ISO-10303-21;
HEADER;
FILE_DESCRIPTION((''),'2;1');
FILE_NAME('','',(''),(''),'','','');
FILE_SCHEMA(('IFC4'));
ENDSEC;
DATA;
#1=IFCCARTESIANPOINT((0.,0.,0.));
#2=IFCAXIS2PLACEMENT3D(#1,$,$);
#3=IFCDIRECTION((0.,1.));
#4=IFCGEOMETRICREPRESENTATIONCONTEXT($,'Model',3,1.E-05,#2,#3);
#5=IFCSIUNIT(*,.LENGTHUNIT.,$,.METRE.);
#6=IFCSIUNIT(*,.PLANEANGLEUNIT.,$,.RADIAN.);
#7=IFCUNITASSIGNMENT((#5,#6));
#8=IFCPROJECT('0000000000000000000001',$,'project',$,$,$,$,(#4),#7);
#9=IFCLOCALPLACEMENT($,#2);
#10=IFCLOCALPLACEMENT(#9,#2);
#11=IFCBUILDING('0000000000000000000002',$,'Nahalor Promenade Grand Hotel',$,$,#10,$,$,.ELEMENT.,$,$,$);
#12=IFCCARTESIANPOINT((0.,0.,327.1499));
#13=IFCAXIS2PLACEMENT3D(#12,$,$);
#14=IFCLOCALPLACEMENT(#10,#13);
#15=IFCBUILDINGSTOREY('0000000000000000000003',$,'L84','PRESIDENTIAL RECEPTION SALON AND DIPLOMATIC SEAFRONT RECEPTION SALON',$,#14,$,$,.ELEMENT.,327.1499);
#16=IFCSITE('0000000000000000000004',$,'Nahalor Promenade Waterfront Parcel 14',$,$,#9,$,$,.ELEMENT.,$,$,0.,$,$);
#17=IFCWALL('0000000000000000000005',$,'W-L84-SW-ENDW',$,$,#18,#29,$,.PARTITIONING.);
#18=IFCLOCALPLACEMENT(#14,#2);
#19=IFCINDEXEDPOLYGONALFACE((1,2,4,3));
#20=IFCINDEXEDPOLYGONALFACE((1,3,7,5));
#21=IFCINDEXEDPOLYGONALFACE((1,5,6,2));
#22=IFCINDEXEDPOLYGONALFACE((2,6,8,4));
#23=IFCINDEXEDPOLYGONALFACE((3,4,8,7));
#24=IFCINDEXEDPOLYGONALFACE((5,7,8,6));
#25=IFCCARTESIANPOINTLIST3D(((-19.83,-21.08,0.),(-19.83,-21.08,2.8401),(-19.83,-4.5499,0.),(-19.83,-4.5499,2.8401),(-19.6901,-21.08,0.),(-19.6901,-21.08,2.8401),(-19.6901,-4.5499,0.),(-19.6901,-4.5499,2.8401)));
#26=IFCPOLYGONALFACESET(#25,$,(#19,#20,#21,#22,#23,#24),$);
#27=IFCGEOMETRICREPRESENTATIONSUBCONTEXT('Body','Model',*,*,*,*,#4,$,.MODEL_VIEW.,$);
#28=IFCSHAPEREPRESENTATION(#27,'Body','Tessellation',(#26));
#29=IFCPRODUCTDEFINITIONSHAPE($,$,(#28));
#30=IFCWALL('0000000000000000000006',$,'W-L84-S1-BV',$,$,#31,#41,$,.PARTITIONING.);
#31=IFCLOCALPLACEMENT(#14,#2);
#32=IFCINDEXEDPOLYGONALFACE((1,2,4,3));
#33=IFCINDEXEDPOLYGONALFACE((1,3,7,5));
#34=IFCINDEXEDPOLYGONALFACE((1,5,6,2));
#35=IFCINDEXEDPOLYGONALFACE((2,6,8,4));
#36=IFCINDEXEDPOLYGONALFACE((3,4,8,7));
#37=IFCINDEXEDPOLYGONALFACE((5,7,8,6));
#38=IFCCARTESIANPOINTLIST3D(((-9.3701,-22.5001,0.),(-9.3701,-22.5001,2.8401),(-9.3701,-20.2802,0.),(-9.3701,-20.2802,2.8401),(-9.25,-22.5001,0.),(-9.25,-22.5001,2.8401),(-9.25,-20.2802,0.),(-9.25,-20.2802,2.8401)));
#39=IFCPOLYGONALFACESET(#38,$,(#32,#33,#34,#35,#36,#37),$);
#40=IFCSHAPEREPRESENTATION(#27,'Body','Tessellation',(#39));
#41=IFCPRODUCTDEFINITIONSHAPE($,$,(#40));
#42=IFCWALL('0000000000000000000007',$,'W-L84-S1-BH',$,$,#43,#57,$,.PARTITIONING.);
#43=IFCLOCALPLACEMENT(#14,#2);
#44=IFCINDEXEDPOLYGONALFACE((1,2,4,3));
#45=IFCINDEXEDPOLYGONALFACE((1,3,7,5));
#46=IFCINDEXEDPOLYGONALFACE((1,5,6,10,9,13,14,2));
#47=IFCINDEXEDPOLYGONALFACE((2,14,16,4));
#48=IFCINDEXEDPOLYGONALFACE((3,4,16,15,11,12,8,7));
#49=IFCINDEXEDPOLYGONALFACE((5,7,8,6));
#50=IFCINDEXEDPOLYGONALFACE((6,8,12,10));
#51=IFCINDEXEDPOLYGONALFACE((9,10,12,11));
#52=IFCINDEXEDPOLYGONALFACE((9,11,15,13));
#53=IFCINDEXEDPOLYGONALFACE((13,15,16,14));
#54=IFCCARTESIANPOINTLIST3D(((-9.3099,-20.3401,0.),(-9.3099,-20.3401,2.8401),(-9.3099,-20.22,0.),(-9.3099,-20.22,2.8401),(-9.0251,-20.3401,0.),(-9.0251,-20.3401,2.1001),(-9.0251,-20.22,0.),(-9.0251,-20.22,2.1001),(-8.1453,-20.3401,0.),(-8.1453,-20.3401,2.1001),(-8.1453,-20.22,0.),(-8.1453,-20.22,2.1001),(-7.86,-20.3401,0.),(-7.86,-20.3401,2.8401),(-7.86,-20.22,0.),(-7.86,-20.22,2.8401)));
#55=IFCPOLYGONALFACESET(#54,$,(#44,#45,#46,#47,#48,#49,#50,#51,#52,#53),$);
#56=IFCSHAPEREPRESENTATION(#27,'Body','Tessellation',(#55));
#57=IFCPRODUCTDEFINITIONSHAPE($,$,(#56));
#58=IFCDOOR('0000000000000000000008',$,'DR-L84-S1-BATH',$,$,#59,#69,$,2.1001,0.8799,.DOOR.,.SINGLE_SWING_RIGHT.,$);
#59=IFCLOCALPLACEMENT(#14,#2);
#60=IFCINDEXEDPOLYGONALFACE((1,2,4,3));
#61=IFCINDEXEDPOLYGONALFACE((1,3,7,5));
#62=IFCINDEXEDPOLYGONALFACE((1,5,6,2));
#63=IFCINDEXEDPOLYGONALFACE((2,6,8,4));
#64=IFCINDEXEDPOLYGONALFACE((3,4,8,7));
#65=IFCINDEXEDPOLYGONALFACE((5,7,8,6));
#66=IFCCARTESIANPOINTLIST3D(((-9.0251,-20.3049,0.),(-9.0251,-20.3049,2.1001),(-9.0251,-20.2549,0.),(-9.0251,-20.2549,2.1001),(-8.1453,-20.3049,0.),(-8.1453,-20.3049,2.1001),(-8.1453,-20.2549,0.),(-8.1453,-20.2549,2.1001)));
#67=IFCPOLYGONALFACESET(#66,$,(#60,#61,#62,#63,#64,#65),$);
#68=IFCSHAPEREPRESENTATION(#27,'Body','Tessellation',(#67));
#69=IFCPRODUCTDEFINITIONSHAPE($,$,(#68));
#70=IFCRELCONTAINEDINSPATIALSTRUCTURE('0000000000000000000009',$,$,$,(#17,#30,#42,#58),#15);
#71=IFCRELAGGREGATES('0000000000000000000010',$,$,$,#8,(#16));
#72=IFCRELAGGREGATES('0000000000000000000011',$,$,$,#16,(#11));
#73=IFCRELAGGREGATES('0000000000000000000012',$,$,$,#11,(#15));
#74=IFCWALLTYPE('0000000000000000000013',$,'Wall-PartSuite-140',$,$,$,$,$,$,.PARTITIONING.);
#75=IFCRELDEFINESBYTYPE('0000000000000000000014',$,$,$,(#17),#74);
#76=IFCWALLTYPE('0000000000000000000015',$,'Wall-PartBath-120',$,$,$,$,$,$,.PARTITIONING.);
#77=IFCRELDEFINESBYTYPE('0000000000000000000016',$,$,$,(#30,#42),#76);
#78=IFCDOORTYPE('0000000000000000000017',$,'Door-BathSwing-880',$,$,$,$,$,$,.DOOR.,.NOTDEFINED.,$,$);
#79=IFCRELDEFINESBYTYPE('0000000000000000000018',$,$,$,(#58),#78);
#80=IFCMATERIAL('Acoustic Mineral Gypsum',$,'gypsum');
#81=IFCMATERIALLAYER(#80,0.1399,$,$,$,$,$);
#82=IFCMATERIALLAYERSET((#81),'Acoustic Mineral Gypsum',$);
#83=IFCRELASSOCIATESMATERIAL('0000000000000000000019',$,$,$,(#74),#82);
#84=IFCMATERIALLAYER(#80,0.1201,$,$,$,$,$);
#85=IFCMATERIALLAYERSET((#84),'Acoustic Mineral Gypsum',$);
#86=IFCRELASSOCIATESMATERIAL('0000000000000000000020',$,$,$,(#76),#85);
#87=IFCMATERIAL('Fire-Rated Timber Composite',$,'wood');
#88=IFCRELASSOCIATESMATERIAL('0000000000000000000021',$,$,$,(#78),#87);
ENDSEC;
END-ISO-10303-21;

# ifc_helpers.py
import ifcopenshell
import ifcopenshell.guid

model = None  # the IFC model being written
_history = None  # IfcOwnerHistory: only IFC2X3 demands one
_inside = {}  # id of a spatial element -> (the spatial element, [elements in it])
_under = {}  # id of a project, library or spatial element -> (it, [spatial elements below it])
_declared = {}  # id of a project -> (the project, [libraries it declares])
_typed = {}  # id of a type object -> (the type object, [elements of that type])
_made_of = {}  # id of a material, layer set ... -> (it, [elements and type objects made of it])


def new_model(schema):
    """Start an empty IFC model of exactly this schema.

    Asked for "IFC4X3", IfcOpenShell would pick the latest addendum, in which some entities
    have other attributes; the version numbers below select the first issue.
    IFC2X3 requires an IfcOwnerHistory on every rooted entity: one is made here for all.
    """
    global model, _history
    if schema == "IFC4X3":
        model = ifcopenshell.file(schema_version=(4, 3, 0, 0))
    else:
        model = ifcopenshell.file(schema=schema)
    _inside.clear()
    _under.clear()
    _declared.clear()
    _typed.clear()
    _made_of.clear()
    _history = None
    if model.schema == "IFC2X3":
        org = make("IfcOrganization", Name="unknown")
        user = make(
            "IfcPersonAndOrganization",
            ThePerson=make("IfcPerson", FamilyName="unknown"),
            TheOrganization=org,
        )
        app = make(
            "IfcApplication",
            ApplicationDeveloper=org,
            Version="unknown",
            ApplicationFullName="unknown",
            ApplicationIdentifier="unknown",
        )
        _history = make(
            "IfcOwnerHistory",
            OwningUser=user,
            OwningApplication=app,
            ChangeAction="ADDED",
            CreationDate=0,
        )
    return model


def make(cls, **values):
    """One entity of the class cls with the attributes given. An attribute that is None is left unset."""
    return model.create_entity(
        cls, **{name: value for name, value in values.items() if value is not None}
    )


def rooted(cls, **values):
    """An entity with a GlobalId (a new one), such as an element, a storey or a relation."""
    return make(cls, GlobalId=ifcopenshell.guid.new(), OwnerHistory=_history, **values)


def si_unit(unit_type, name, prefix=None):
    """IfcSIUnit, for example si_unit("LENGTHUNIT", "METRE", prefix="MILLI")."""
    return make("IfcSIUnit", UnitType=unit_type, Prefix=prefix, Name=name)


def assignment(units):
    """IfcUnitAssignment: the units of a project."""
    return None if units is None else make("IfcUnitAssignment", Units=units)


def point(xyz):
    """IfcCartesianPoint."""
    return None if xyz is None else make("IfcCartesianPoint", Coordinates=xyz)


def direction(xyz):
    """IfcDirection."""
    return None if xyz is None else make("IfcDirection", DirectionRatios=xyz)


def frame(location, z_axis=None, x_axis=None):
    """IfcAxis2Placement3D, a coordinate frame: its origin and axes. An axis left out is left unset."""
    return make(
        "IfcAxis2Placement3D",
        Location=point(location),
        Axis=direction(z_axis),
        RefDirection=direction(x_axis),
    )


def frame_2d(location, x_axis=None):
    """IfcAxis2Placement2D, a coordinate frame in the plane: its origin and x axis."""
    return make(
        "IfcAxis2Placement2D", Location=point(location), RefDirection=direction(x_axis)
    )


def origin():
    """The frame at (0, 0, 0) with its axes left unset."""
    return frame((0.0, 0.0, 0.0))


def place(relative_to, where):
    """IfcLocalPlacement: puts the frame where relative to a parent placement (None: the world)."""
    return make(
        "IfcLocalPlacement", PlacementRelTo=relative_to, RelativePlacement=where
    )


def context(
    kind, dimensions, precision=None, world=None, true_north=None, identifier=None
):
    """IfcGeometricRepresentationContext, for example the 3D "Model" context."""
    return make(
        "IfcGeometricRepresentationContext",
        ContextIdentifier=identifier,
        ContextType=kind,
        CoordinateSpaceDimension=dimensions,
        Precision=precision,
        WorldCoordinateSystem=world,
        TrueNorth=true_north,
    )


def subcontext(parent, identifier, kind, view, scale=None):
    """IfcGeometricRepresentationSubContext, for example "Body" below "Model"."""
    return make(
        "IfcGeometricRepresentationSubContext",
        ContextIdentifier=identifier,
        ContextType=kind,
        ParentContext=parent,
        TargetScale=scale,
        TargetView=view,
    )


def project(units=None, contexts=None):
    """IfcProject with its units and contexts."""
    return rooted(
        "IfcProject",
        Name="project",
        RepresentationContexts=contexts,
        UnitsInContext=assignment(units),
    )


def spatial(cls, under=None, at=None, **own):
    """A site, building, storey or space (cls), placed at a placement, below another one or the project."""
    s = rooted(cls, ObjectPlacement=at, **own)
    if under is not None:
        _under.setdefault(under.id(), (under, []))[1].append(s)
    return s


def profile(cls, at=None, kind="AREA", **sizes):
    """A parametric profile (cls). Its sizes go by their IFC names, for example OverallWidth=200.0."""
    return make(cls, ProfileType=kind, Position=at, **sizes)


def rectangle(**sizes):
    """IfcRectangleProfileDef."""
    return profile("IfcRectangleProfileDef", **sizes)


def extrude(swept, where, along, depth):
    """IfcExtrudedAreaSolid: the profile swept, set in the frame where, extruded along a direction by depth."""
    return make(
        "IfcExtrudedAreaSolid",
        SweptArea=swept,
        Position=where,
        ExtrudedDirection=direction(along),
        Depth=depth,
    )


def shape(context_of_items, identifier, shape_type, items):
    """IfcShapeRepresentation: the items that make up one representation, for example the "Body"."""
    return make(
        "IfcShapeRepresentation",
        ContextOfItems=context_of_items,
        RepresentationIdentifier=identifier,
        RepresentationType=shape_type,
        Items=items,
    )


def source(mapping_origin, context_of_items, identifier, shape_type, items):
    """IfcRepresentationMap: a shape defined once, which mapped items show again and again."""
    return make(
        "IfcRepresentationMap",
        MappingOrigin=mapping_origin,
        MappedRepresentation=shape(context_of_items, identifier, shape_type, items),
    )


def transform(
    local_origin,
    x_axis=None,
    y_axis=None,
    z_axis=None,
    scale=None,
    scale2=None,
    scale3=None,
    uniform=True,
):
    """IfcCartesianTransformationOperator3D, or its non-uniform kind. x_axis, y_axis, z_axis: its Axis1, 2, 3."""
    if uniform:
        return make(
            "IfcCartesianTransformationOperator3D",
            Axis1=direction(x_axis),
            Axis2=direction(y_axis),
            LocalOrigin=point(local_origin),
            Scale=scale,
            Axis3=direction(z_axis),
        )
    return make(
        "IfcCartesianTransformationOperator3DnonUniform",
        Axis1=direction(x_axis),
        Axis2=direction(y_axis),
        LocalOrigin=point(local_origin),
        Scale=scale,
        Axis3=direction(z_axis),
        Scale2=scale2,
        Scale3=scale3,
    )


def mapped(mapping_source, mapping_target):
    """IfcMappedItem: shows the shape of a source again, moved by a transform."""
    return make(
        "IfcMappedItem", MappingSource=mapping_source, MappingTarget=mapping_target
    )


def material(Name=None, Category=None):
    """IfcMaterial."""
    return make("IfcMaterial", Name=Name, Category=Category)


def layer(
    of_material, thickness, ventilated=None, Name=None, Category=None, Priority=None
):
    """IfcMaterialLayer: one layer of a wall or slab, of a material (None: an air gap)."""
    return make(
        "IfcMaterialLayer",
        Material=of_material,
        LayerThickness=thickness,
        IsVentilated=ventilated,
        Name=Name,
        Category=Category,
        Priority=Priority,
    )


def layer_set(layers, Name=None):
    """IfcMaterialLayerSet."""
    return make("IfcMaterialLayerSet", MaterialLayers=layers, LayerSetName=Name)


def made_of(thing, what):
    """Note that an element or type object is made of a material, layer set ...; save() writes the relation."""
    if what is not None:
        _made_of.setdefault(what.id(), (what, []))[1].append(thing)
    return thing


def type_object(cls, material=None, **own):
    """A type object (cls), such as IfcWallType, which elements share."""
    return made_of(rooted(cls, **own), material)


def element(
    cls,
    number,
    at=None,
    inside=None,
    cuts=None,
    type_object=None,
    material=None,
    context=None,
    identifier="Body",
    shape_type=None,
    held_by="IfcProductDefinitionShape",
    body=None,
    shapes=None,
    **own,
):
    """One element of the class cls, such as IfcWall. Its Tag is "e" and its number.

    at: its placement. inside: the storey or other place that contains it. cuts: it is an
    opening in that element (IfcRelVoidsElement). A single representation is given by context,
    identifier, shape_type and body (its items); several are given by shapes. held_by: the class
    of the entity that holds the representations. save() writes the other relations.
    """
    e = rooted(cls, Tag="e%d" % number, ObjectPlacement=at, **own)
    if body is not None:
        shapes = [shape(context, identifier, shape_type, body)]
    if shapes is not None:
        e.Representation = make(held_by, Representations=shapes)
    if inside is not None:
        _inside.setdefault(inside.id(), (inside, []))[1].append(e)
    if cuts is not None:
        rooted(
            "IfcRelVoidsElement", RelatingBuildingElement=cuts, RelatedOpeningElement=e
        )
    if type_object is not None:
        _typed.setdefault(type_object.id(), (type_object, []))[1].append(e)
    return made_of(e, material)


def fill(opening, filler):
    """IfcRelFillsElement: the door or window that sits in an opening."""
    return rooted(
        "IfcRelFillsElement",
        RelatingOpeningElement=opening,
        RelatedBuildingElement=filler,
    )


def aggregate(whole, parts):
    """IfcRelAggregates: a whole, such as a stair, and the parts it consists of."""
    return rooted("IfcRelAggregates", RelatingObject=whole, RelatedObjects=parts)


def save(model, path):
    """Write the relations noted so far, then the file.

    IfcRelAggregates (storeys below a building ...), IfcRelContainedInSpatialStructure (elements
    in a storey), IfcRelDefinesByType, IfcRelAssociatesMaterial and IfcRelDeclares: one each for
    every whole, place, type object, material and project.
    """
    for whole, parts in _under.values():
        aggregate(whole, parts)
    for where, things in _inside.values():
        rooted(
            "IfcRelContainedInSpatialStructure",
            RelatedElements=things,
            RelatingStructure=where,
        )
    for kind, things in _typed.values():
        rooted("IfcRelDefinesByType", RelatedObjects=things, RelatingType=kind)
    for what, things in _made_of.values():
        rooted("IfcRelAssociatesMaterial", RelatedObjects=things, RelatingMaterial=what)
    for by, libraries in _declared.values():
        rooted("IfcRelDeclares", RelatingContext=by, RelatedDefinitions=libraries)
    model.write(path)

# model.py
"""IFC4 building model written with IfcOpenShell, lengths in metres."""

from ifc_helpers import new_model, si_unit, direction, frame, frame_2d, origin, place, context, subcontext, project, spatial, rectangle, extrude, source, transform, mapped, material, layer, layer_set, type_object, element, fill, save


model = new_model("IFC4")

# Units and contexts
model_context = context("Model", 3, precision=1e-05, world=origin(), true_north=direction((0.0, 1.0)))
body_context = subcontext(model_context, "Body", "Model", "MODEL_VIEW")
ifc_project = project(units=[si_unit("LENGTHUNIT", "METRE"), si_unit("PLANEANGLEUNIT", "RADIAN")], contexts=[model_context])

# Site, building, storey
site_placement = place(None, origin())
site = spatial("IfcSite", under=ifc_project, at=site_placement, Name="Nahalor Promenade Waterfront Parcel 14", CompositionType="ELEMENT", RefElevation=0.0)
building_placement = place(site_placement, origin())
building = spatial("IfcBuilding", under=site, at=building_placement, Name="Nahalor Promenade Grand Hotel", CompositionType="ELEMENT")
storey_placement = place(building_placement, frame((0.0, 0.0, 327.1499)))
storey = spatial("IfcBuildingStorey", under=building, at=storey_placement, Name="L84", Description="PRESIDENTIAL RECEPTION SALON AND DIPLOMATIC SEAFRONT RECEPTION SALON", CompositionType="ELEMENT", Elevation=327.1499)

# Walls
ifc_material_1 = material(Name="Acoustic Mineral Gypsum", Category="gypsum")
ifc_layer_1 = layer(ifc_material_1, 0.1399)
ifc_layer_set_1 = layer_set([ifc_layer_1], Name="Acoustic Mineral Gypsum")
wall_type_1 = type_object("IfcWallType", Name="Wall-PartSuite-140", PredefinedType="PARTITIONING", material=ifc_layer_set_1)
shared_shape_1 = source(origin(), body_context, "Body", "SweptSolid", [
    extrude(rectangle(XDim=16.53, YDim=0.1399, at=frame_2d((8.2651, 0.0))), origin(), (0.0, 0.0, 1.0), 2.8401),
])
wall_1_placement = place(storey_placement, frame((-19.76, -21.0801, 0.0), z_axis=(0.0, 0.0, 1.0), x_axis=(0.0, 1.0, 0.0)))
element("IfcWall", 1, at=wall_1_placement, inside=storey, type_object=wall_type_1, Name="W-L84-SW-ENDW", PredefinedType="PARTITIONING", context=body_context, shape_type="MappedRepresentation", body=[
    mapped(shared_shape_1, transform((0.0, 0.0, 0.0), scale=1.0)),
])
ifc_layer_2 = layer(ifc_material_1, 0.1201)
ifc_layer_set_2 = layer_set([ifc_layer_2], Name="Acoustic Mineral Gypsum")
wall_type_2 = type_object("IfcWallType", Name="Wall-PartBath-120", PredefinedType="PARTITIONING", material=ifc_layer_set_2)
shared_shape_2 = source(origin(), body_context, "Body", "SweptSolid", [
    extrude(rectangle(XDim=2.22, YDim=0.1201, at=frame_2d((1.1099, 0.0))), origin(), (0.0, 0.0, 1.0), 2.8401),
])
wall_2_placement = place(storey_placement, frame((-9.3101, -22.5, 0.0), z_axis=(0.0, 0.0, 1.0), x_axis=(0.0, 1.0, 0.0)))
element("IfcWall", 2, at=wall_2_placement, inside=storey, type_object=wall_type_2, Name="W-L84-S1-BV", PredefinedType="PARTITIONING", context=body_context, shape_type="MappedRepresentation", body=[
    mapped(shared_shape_2, transform((0.0, 0.0, 0.0), scale=1.0)),
])

# Wall, opening, door
shared_shape_3 = source(origin(), body_context, "Body", "SweptSolid", [
    extrude(rectangle(XDim=1.45, YDim=0.1201, at=frame_2d((0.7251, 0.0))), origin(), (0.0, 0.0, 1.0), 2.8401),
])
wall_3_placement = place(storey_placement, frame((-9.3101, -20.28, 0.0), z_axis=(0.0, 0.0, 1.0), x_axis=(1.0, 0.0, 0.0)))
wall_3 = element("IfcWall", 3, at=wall_3_placement, inside=storey, type_object=wall_type_2, Name="W-L84-S1-BH", PredefinedType="PARTITIONING", context=body_context, shape_type="MappedRepresentation", body=[
    mapped(shared_shape_3, transform((0.0, 0.0, 0.0), scale=1.0)),
])
opening_placement = place(wall_3_placement, frame((0.2849, 0.0, 0.0)))
opening = element("IfcOpeningElement", 4, at=opening_placement, cuts=wall_3, PredefinedType="OPENING", context=body_context, shape_type="SweptSolid", body=[
    extrude(rectangle(XDim=0.8799, YDim=2.1001, at=frame_2d((0.4399, 1.05))), frame((0.0, 0.0701, 0.0), z_axis=(0.0, -1.0, 0.0), x_axis=(1.0, 0.0, 0.0)), (0.0, 0.0, 1.0), 0.1401),
])
ifc_material_2 = material(Name="Fire-Rated Timber Composite", Category="wood")
door_type = type_object("IfcDoorType", Name="Door-BathSwing-880", OperationType="NOTDEFINED", PredefinedType="DOOR", material=ifc_material_2)
shared_shape_4 = source(origin(), body_context, "Body", "SweptSolid", [
    extrude(rectangle(XDim=0.8799, YDim=2.1001, at=frame_2d((0.4399, 1.05))), frame((0.0, 0.0249, 0.0), z_axis=(0.0, -1.0, 0.0), x_axis=(1.0, 0.0, 0.0)), (0.0, 0.0, 1.0), 0.05),
])
door_placement = place(opening_placement, frame((0.8799, 0.0, 0.0), z_axis=(0.0, 0.0, 1.0), x_axis=(-1.0, 0.0, 0.0)))
door = element("IfcDoor", 5, at=door_placement, inside=storey, type_object=door_type, Name="DR-L84-S1-BATH", OperationType="SINGLE_SWING_RIGHT", OverallHeight=2.1001, OverallWidth=0.8799, PredefinedType="DOOR", context=body_context, shape_type="MappedRepresentation", body=[
    mapped(shared_shape_4, transform((0.0, 0.0, 0.0), scale=1.0)),
])
fill(opening, door)

save(model, "model.ifc")
